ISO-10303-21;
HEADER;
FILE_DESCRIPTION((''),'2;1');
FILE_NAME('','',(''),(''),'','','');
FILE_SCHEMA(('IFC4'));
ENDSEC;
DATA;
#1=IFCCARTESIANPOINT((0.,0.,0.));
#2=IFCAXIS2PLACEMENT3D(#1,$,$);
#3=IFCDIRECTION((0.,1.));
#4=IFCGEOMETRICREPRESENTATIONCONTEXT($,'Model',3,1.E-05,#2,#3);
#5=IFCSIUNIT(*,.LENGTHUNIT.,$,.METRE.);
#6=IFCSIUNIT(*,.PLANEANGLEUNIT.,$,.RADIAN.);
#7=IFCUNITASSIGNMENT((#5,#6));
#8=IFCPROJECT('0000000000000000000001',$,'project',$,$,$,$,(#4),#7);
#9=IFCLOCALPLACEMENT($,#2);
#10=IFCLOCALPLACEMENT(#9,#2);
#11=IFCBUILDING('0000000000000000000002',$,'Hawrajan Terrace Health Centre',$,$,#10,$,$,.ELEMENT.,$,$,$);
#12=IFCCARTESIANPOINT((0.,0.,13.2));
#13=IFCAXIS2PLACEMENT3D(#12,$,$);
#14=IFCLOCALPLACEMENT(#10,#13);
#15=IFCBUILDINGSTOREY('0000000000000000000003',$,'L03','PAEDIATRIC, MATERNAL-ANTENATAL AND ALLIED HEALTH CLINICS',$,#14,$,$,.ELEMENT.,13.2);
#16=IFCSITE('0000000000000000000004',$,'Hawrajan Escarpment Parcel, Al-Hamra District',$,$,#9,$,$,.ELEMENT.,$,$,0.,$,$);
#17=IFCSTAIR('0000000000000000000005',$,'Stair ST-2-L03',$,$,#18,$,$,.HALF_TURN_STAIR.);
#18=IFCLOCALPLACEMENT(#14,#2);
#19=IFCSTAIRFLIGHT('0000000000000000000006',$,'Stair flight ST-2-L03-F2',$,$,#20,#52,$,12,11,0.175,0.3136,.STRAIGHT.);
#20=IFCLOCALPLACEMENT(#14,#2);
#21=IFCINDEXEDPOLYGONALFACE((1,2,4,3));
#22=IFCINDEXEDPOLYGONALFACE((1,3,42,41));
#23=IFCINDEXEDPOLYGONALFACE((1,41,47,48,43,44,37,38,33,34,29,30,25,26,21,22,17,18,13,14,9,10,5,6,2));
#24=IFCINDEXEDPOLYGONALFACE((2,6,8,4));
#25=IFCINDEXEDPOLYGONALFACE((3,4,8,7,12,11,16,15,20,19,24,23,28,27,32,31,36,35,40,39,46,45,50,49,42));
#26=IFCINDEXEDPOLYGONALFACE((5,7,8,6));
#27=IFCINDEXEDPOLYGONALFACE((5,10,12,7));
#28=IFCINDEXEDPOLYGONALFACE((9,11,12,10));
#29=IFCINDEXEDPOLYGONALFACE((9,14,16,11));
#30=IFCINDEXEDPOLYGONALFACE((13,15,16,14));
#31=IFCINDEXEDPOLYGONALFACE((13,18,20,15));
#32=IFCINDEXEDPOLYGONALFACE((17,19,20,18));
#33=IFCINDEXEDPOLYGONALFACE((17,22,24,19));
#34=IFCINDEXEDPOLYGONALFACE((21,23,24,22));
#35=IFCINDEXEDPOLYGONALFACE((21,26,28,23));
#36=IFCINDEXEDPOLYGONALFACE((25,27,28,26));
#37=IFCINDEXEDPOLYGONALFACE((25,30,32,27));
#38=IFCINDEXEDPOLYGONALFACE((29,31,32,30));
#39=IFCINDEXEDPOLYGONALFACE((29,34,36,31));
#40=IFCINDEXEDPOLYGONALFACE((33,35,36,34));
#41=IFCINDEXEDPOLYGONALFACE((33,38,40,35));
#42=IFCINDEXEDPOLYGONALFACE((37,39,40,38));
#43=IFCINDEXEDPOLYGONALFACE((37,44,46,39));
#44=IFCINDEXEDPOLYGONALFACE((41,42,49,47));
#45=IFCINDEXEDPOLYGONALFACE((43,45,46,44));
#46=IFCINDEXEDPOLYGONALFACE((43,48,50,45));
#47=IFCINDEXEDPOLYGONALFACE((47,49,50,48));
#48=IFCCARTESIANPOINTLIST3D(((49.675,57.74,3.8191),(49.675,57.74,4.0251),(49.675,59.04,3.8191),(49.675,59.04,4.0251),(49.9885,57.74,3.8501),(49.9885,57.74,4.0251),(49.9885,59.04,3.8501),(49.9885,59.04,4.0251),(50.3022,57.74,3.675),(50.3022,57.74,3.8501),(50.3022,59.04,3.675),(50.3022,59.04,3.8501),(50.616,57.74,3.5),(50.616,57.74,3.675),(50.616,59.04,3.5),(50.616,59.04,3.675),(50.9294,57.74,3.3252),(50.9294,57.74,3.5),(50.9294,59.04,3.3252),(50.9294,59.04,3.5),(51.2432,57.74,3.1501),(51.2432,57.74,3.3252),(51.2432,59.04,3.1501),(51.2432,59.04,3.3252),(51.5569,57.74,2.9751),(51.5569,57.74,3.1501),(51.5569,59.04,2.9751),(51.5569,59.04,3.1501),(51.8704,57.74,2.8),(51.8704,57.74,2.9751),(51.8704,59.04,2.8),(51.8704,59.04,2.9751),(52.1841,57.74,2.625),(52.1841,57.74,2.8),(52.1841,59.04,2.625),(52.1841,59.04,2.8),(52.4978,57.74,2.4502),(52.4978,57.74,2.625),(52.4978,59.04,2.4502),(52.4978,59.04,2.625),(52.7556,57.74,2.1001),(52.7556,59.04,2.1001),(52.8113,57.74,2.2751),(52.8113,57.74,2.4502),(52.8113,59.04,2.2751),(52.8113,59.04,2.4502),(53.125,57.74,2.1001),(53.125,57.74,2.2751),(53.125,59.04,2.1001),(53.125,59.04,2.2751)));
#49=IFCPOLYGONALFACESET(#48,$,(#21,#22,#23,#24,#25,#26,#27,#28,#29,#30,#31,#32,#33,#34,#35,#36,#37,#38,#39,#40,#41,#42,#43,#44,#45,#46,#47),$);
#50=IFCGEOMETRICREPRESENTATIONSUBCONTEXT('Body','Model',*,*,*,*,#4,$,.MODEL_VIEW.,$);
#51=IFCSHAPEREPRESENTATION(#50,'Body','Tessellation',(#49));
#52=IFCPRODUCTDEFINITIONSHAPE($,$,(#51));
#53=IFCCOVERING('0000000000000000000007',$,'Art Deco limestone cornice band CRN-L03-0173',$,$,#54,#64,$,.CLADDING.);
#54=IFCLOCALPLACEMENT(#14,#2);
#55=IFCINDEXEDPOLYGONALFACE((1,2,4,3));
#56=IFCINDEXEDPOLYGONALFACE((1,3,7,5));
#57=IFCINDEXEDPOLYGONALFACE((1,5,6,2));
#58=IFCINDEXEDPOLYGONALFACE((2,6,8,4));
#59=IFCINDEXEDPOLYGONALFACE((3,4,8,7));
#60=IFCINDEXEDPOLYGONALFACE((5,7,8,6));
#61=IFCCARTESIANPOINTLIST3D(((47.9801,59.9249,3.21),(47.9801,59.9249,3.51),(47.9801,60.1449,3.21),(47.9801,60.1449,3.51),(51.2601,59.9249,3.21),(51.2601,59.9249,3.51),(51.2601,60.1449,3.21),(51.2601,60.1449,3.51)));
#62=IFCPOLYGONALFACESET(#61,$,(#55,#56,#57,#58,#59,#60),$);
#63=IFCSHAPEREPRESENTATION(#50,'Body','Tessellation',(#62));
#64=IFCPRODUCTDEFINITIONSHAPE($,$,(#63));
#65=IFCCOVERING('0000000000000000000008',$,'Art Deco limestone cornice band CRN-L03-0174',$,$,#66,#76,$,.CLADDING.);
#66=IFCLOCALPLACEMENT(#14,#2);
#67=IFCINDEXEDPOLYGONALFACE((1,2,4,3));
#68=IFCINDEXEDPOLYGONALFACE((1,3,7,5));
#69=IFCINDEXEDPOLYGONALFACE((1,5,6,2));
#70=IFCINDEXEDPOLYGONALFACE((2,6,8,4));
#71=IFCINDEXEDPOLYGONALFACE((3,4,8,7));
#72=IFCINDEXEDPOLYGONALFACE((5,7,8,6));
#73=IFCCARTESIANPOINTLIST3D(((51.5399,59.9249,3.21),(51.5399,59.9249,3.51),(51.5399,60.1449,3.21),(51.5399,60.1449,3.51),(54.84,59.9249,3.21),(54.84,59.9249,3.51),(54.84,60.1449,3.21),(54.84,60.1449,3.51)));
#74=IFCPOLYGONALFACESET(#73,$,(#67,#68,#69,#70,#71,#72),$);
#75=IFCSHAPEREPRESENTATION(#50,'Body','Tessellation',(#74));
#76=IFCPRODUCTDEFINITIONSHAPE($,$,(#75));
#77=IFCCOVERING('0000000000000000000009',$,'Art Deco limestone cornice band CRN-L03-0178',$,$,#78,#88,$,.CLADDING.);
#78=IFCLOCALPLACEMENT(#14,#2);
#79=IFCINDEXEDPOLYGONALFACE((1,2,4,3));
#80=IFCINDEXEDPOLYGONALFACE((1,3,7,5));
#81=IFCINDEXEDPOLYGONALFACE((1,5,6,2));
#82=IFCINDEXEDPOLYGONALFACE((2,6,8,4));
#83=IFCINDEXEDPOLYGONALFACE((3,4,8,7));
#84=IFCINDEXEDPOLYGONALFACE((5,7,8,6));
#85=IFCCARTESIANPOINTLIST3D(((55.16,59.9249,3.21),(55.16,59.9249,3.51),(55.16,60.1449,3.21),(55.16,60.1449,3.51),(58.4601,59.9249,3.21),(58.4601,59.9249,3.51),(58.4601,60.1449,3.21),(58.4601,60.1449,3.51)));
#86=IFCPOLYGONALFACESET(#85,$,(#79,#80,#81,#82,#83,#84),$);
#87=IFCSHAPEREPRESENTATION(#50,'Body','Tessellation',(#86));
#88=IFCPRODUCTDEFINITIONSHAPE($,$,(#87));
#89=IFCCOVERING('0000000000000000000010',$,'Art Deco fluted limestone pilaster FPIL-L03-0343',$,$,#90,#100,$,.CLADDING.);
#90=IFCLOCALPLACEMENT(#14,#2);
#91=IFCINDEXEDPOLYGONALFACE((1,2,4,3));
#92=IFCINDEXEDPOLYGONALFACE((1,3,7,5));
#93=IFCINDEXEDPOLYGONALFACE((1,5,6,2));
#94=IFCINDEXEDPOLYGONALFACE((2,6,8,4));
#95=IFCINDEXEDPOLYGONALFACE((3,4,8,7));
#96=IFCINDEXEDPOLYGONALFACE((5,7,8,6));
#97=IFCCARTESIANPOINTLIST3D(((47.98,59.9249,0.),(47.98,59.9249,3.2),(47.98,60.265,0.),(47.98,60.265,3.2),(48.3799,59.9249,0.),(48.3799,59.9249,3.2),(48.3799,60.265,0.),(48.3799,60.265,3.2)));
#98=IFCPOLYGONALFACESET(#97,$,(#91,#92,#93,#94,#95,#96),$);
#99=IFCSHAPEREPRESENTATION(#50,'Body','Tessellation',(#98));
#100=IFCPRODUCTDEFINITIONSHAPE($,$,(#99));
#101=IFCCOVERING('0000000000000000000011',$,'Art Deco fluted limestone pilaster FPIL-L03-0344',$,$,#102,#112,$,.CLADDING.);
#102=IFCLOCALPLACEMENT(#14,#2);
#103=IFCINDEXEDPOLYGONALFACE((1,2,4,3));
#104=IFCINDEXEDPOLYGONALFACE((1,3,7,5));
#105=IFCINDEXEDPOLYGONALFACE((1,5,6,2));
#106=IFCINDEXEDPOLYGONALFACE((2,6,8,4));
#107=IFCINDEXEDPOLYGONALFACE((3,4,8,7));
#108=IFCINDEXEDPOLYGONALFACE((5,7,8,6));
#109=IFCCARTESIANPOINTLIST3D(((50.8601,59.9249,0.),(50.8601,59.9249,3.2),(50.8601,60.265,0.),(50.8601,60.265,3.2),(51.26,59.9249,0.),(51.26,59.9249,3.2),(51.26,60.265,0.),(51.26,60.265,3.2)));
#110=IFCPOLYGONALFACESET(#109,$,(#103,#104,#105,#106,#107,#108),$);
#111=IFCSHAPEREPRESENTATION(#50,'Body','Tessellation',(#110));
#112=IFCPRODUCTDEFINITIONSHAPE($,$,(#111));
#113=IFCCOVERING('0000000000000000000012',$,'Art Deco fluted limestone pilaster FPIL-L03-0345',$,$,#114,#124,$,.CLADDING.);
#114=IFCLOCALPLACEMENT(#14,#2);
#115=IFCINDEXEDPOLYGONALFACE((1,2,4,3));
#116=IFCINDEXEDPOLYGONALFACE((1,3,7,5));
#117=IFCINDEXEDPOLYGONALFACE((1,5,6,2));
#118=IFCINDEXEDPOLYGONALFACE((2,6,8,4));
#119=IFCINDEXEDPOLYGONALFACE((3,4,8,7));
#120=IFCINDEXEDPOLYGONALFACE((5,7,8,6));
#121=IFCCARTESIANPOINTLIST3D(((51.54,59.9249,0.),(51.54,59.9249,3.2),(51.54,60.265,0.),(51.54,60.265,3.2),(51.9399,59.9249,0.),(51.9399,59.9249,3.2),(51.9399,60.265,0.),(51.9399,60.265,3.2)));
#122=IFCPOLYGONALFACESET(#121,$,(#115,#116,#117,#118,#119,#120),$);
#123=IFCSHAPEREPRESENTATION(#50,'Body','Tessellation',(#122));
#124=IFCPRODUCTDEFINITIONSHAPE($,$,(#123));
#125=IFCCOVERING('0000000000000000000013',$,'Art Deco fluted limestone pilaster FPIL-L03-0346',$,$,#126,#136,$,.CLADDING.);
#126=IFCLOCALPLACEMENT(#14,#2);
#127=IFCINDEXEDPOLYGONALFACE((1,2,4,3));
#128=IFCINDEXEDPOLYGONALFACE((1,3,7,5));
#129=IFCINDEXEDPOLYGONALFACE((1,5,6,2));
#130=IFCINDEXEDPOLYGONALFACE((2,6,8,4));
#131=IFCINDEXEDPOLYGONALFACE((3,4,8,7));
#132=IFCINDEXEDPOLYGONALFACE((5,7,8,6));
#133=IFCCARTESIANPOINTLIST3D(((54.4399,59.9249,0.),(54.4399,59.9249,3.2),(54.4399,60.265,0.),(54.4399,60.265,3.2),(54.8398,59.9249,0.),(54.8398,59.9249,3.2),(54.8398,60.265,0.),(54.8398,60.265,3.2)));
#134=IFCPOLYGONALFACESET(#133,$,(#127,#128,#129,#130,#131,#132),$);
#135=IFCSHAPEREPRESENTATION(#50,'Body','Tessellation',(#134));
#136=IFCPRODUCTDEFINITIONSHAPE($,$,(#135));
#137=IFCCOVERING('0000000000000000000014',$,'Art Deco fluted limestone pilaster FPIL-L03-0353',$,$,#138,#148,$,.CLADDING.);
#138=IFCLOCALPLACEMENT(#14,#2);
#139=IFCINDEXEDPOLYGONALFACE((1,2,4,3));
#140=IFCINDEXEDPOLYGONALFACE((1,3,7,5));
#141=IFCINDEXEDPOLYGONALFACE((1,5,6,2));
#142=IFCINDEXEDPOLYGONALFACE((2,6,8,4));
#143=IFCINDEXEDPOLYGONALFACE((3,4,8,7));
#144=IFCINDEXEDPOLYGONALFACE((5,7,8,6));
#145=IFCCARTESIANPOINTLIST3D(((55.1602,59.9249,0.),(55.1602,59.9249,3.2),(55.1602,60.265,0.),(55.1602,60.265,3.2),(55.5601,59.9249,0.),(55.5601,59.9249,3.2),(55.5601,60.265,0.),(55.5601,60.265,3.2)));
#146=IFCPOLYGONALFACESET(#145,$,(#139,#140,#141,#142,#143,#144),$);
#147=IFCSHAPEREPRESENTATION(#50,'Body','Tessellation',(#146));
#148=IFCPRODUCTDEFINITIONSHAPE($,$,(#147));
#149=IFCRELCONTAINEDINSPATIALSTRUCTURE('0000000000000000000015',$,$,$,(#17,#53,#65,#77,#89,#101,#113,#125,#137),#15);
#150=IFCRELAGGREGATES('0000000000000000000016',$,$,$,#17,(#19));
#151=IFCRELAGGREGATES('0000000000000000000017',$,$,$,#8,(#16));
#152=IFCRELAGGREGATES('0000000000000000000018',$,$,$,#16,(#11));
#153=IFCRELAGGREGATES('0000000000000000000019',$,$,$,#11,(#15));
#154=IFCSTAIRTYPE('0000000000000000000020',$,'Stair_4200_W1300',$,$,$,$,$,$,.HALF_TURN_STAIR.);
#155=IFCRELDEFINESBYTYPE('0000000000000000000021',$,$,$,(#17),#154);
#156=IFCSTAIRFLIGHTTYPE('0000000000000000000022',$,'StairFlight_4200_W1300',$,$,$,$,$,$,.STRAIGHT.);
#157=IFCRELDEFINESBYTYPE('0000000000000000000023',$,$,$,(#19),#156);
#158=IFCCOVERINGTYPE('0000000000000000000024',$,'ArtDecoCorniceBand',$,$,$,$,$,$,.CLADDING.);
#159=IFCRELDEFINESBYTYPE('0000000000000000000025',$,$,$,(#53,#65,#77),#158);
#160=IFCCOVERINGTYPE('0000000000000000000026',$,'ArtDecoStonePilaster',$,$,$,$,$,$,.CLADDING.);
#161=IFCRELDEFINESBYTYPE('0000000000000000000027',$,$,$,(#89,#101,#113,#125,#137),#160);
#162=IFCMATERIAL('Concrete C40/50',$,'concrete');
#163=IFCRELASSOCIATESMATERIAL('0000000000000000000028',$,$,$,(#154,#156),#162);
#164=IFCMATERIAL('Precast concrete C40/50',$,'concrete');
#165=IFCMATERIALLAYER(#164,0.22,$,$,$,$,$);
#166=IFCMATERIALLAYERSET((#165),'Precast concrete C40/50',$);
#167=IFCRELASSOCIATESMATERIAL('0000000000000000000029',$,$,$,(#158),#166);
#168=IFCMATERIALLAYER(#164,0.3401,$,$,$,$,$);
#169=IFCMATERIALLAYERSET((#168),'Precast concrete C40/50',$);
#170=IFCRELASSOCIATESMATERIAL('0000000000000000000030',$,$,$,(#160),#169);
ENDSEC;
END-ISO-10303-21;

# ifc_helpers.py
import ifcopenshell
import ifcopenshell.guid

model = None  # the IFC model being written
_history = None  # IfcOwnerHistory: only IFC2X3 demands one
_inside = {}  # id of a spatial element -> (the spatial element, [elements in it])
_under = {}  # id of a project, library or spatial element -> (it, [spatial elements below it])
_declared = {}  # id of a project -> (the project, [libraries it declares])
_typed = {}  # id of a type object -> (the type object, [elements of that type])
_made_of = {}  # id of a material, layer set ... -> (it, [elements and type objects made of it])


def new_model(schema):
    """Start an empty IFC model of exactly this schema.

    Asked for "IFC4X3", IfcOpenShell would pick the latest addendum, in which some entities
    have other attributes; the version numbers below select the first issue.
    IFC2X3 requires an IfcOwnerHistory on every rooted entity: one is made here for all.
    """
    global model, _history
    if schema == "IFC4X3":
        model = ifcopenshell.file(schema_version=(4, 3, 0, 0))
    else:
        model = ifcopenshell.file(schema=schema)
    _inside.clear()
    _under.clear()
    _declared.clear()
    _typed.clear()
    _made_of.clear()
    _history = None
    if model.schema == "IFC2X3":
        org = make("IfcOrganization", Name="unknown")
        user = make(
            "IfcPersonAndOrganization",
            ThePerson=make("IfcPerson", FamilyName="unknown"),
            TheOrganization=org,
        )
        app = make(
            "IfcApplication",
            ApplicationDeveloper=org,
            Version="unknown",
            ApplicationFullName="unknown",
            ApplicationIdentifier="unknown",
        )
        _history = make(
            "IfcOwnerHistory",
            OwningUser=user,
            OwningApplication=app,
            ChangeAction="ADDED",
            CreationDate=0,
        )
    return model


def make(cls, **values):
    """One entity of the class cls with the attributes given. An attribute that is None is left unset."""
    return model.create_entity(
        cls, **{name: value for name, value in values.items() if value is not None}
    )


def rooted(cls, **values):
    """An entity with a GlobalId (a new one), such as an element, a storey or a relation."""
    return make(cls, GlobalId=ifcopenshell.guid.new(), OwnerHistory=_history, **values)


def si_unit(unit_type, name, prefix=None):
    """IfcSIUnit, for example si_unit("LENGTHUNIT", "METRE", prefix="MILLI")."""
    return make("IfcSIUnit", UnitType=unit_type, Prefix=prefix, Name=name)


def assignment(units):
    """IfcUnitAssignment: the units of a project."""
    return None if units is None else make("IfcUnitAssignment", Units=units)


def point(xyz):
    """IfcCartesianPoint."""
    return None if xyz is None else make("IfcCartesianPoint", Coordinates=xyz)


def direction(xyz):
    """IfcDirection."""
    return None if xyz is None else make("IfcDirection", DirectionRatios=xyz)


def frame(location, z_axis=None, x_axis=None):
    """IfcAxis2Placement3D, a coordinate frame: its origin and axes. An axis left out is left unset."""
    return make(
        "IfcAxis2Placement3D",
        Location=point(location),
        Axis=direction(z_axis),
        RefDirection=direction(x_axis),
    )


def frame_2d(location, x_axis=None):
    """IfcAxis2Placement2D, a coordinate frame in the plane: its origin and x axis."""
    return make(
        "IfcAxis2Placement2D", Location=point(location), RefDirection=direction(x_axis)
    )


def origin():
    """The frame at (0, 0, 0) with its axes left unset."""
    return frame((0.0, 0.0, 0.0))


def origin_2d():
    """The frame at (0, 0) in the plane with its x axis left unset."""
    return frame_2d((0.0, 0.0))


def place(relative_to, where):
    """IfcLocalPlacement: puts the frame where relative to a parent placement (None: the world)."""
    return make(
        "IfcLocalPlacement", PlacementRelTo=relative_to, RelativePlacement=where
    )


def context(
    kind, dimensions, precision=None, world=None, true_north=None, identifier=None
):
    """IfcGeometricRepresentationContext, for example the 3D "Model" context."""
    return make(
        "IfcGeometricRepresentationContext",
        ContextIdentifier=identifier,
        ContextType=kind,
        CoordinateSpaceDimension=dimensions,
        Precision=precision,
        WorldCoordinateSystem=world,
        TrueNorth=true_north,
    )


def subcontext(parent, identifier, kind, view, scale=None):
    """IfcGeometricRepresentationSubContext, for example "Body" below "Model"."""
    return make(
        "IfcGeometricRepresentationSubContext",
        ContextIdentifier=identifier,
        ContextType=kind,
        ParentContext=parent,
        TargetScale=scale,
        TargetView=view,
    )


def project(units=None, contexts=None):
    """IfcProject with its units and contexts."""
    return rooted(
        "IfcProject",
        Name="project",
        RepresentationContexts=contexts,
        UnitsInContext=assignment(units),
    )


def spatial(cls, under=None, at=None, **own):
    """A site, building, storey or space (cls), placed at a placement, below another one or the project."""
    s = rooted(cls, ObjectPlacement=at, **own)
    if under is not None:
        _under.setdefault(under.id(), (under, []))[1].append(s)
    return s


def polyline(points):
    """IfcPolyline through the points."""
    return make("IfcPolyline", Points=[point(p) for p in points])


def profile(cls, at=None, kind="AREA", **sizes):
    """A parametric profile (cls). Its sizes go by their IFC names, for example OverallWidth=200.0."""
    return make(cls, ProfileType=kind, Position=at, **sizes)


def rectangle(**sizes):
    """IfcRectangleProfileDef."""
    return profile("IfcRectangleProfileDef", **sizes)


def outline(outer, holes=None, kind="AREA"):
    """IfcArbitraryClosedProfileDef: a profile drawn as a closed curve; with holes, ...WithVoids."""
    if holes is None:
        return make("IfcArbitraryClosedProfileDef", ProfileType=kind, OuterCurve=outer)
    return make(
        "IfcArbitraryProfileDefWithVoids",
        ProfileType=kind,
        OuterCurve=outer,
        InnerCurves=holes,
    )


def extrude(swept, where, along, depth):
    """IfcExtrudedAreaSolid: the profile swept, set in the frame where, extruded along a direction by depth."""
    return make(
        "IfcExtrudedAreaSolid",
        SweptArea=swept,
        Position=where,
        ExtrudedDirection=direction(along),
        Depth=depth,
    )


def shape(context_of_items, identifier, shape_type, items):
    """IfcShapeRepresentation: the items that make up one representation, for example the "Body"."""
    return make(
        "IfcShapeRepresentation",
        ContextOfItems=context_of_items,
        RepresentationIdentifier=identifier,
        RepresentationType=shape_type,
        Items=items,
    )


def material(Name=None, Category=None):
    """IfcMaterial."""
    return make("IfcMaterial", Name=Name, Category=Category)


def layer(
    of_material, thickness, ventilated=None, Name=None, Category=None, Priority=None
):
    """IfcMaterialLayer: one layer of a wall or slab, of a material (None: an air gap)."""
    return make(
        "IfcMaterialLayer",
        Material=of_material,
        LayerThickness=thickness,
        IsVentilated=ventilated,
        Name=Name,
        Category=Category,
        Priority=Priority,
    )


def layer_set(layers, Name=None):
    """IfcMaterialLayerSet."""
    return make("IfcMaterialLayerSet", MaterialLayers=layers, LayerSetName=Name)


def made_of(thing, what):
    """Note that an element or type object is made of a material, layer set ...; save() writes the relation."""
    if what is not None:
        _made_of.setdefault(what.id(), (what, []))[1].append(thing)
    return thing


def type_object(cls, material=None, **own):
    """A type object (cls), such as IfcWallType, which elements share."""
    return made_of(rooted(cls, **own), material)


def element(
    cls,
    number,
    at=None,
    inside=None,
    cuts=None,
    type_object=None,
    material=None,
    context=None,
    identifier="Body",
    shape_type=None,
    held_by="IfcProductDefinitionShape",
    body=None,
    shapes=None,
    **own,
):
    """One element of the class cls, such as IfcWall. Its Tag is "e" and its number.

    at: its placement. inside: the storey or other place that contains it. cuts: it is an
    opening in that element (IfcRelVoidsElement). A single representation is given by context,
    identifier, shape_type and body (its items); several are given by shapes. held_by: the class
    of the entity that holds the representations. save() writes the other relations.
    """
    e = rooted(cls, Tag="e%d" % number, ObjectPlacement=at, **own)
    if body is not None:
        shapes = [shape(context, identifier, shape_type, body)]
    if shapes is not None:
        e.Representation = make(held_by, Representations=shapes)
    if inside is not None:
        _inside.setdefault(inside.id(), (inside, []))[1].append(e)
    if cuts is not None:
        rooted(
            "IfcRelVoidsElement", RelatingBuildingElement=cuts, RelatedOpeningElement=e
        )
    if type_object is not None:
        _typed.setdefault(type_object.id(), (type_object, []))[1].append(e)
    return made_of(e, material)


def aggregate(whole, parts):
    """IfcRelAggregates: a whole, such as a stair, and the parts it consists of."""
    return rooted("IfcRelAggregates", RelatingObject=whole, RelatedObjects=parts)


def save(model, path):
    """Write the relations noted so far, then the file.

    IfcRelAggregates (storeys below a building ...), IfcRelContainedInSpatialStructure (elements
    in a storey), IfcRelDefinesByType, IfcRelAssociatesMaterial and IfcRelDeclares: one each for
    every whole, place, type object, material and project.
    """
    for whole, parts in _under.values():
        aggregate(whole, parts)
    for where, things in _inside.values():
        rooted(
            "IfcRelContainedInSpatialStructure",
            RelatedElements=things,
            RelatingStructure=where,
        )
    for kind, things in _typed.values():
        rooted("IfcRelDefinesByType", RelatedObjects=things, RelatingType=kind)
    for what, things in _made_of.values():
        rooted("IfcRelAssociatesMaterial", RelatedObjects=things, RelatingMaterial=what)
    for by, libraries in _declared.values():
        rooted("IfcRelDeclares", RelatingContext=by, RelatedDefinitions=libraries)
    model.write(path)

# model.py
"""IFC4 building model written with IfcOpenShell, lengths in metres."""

from ifc_helpers import new_model, si_unit, direction, frame, origin, origin_2d, place, context, subcontext, project, spatial, polyline, rectangle, outline, extrude, material, layer, layer_set, type_object, element, aggregate, save


model = new_model("IFC4")

# Units and contexts
model_context = context("Model", 3, precision=1e-05, world=origin(), true_north=direction((0.0, 1.0)))
body_context = subcontext(model_context, "Body", "Model", "MODEL_VIEW")
ifc_project = project(units=[si_unit("LENGTHUNIT", "METRE"), si_unit("PLANEANGLEUNIT", "RADIAN")], contexts=[model_context])

# Site, building, storey
site_placement = place(None, origin())
site = spatial("IfcSite", under=ifc_project, at=site_placement, Name="Hawrajan Escarpment Parcel, Al-Hamra District", CompositionType="ELEMENT", RefElevation=0.0)
building_placement = place(site_placement, origin())
building = spatial("IfcBuilding", under=site, at=building_placement, Name="Hawrajan Terrace Health Centre", CompositionType="ELEMENT")
storey_placement = place(building_placement, frame((0.0, 0.0, 13.2)))
storey = spatial("IfcBuildingStorey", under=building, at=storey_placement, Name="L03", Description="PAEDIATRIC, MATERNAL-ANTENATAL AND ALLIED HEALTH CLINICS", CompositionType="ELEMENT", Elevation=13.2)

# Shared definitions
ifc_material_1 = material(Name="Concrete C40/50", Category="concrete")

# Stair, stair flight
stair_type = type_object("IfcStairType", Name="Stair_4200_W1300", PredefinedType="HALF_TURN_STAIR", material=ifc_material_1)
stair_placement = place(storey_placement, origin())
stair = element("IfcStair", 1, at=stair_placement, inside=storey, type_object=stair_type, Name="Stair ST-2-L03", PredefinedType="HALF_TURN_STAIR")
stair_flight_type = type_object("IfcStairFlightType", Name="StairFlight_4200_W1300", PredefinedType="STRAIGHT", material=ifc_material_1)
stair_flight_1_placement = place(storey_placement, frame((53.125, 58.3899, 2.1001), z_axis=(0.0, 0.0, 1.0), x_axis=(-1.0, 0.0, 0.0)))
stair_flight_1 = element("IfcStairFlight", 2, at=stair_flight_1_placement, type_object=stair_flight_type, Name="Stair flight ST-2-L03-F2", NumberOfRisers=12, NumberOfTreads=11, PredefinedType="STRAIGHT", RiserHeight=0.175, TreadLength=0.3136, context=body_context, shape_type="SweptSolid", body=[
    extrude(outline(polyline([(0.0, 0.0), (0.0, 0.175), (0.3137, 0.175), (0.3137, 0.3501), (0.6272, 0.3501), (0.6272, 0.5249), (0.9409, 0.5249), (0.9409, 0.7), (1.2546, 0.7), (1.2546, 0.875), (1.5681, 0.875), (1.5681, 1.05), (1.8818, 1.05), (1.8818, 1.2251), (2.1956, 1.2251), (2.1956, 1.3999), (2.509, 1.3999), (2.509, 1.575), (2.8228, 1.575), (2.8228, 1.75), (3.1365, 1.75), (3.1365, 1.925), (3.45, 1.925), (3.45, 2.1001), (3.45, 1.719), (0.3694, 0.0), (0.0, 0.0)])), frame((0.0, 0.6499, 0.0), z_axis=(0.0, -1.0, 0.0), x_axis=(1.0, 0.0, 0.0)), (0.0, 0.0, 1.0), 1.3),
])
aggregate(stair, [stair_flight_1])

# Coverings
ifc_material_2 = material(Name="Precast concrete C40/50", Category="concrete")
ifc_layer_1 = layer(ifc_material_2, 0.22)
ifc_layer_set_1 = layer_set([ifc_layer_1], Name="Precast concrete C40/50")
covering_type_1 = type_object("IfcCoveringType", Name="ArtDecoCorniceBand", PredefinedType="CLADDING", material=ifc_layer_set_1)
covering_placement = place(storey_placement, frame((49.6201, 60.0349, 3.21), z_axis=(0.0, 0.0, 1.0), x_axis=(1.0, 0.0, 0.0)))
element("IfcCovering", 3, at=covering_placement, inside=storey, type_object=covering_type_1, Name="Art Deco limestone cornice band CRN-L03-0173", PredefinedType="CLADDING", context=body_context, shape_type="SweptSolid", body=[
    extrude(rectangle(XDim=3.28, YDim=0.22, at=origin_2d()), origin(), (0.0, 0.0, 1.0), 0.3),
])
for number, where, z_axis, x_axis, name in (
    (4, (53.1899, 60.0349, 3.21), (0.0, 0.0, 1.0), (1.0, 0.0, 0.0), "Art Deco limestone cornice band CRN-L03-0174"),
    (5, (56.8101, 60.0349, 3.21), (0.0, 0.0, 1.0), (1.0, 0.0, 0.0), "Art Deco limestone cornice band CRN-L03-0178"),
):
    element("IfcCovering", number, at=place(storey_placement, frame(where, z_axis=z_axis, x_axis=x_axis)), inside=storey, type_object=covering_type_1, Name=name, PredefinedType="CLADDING", context=body_context, shape_type="SweptSolid", body=[
        extrude(rectangle(XDim=3.3, YDim=0.22, at=origin_2d()), origin(), (0.0, 0.0, 1.0), 0.3),
    ])
ifc_layer_2 = layer(ifc_material_2, 0.3401)
ifc_layer_set_2 = layer_set([ifc_layer_2], Name="Precast concrete C40/50")
covering_type_2 = type_object("IfcCoveringType", Name="ArtDecoStonePilaster", PredefinedType="CLADDING", material=ifc_layer_set_2)
for number, where, z_axis, x_axis, name in (
    (6, (48.1799, 60.095, 0.0), (0.0, 0.0, 1.0), (1.0, 0.0, 0.0), "Art Deco fluted limestone pilaster FPIL-L03-0343"),
    (7, (51.0601, 60.095, 0.0), (0.0, 0.0, 1.0), (1.0, 0.0, 0.0), "Art Deco fluted limestone pilaster FPIL-L03-0344"),
    (8, (51.74, 60.095, 0.0), (0.0, 0.0, 1.0), (1.0, 0.0, 0.0), "Art Deco fluted limestone pilaster FPIL-L03-0345"),
    (9, (54.6399, 60.095, 0.0), (0.0, 0.0, 1.0), (1.0, 0.0, 0.0), "Art Deco fluted limestone pilaster FPIL-L03-0346"),
    (10, (55.3601, 60.095, 0.0), (0.0, 0.0, 1.0), (1.0, 0.0, 0.0), "Art Deco fluted limestone pilaster FPIL-L03-0353"),
):
    element("IfcCovering", number, at=place(storey_placement, frame(where, z_axis=z_axis, x_axis=x_axis)), inside=storey, type_object=covering_type_2, Name=name, PredefinedType="CLADDING", context=body_context, shape_type="SweptSolid", body=[
        extrude(rectangle(XDim=0.3999, YDim=0.3401, at=origin_2d()), origin(), (0.0, 0.0, 1.0), 3.2),
    ])

save(model, "model.ifc")
